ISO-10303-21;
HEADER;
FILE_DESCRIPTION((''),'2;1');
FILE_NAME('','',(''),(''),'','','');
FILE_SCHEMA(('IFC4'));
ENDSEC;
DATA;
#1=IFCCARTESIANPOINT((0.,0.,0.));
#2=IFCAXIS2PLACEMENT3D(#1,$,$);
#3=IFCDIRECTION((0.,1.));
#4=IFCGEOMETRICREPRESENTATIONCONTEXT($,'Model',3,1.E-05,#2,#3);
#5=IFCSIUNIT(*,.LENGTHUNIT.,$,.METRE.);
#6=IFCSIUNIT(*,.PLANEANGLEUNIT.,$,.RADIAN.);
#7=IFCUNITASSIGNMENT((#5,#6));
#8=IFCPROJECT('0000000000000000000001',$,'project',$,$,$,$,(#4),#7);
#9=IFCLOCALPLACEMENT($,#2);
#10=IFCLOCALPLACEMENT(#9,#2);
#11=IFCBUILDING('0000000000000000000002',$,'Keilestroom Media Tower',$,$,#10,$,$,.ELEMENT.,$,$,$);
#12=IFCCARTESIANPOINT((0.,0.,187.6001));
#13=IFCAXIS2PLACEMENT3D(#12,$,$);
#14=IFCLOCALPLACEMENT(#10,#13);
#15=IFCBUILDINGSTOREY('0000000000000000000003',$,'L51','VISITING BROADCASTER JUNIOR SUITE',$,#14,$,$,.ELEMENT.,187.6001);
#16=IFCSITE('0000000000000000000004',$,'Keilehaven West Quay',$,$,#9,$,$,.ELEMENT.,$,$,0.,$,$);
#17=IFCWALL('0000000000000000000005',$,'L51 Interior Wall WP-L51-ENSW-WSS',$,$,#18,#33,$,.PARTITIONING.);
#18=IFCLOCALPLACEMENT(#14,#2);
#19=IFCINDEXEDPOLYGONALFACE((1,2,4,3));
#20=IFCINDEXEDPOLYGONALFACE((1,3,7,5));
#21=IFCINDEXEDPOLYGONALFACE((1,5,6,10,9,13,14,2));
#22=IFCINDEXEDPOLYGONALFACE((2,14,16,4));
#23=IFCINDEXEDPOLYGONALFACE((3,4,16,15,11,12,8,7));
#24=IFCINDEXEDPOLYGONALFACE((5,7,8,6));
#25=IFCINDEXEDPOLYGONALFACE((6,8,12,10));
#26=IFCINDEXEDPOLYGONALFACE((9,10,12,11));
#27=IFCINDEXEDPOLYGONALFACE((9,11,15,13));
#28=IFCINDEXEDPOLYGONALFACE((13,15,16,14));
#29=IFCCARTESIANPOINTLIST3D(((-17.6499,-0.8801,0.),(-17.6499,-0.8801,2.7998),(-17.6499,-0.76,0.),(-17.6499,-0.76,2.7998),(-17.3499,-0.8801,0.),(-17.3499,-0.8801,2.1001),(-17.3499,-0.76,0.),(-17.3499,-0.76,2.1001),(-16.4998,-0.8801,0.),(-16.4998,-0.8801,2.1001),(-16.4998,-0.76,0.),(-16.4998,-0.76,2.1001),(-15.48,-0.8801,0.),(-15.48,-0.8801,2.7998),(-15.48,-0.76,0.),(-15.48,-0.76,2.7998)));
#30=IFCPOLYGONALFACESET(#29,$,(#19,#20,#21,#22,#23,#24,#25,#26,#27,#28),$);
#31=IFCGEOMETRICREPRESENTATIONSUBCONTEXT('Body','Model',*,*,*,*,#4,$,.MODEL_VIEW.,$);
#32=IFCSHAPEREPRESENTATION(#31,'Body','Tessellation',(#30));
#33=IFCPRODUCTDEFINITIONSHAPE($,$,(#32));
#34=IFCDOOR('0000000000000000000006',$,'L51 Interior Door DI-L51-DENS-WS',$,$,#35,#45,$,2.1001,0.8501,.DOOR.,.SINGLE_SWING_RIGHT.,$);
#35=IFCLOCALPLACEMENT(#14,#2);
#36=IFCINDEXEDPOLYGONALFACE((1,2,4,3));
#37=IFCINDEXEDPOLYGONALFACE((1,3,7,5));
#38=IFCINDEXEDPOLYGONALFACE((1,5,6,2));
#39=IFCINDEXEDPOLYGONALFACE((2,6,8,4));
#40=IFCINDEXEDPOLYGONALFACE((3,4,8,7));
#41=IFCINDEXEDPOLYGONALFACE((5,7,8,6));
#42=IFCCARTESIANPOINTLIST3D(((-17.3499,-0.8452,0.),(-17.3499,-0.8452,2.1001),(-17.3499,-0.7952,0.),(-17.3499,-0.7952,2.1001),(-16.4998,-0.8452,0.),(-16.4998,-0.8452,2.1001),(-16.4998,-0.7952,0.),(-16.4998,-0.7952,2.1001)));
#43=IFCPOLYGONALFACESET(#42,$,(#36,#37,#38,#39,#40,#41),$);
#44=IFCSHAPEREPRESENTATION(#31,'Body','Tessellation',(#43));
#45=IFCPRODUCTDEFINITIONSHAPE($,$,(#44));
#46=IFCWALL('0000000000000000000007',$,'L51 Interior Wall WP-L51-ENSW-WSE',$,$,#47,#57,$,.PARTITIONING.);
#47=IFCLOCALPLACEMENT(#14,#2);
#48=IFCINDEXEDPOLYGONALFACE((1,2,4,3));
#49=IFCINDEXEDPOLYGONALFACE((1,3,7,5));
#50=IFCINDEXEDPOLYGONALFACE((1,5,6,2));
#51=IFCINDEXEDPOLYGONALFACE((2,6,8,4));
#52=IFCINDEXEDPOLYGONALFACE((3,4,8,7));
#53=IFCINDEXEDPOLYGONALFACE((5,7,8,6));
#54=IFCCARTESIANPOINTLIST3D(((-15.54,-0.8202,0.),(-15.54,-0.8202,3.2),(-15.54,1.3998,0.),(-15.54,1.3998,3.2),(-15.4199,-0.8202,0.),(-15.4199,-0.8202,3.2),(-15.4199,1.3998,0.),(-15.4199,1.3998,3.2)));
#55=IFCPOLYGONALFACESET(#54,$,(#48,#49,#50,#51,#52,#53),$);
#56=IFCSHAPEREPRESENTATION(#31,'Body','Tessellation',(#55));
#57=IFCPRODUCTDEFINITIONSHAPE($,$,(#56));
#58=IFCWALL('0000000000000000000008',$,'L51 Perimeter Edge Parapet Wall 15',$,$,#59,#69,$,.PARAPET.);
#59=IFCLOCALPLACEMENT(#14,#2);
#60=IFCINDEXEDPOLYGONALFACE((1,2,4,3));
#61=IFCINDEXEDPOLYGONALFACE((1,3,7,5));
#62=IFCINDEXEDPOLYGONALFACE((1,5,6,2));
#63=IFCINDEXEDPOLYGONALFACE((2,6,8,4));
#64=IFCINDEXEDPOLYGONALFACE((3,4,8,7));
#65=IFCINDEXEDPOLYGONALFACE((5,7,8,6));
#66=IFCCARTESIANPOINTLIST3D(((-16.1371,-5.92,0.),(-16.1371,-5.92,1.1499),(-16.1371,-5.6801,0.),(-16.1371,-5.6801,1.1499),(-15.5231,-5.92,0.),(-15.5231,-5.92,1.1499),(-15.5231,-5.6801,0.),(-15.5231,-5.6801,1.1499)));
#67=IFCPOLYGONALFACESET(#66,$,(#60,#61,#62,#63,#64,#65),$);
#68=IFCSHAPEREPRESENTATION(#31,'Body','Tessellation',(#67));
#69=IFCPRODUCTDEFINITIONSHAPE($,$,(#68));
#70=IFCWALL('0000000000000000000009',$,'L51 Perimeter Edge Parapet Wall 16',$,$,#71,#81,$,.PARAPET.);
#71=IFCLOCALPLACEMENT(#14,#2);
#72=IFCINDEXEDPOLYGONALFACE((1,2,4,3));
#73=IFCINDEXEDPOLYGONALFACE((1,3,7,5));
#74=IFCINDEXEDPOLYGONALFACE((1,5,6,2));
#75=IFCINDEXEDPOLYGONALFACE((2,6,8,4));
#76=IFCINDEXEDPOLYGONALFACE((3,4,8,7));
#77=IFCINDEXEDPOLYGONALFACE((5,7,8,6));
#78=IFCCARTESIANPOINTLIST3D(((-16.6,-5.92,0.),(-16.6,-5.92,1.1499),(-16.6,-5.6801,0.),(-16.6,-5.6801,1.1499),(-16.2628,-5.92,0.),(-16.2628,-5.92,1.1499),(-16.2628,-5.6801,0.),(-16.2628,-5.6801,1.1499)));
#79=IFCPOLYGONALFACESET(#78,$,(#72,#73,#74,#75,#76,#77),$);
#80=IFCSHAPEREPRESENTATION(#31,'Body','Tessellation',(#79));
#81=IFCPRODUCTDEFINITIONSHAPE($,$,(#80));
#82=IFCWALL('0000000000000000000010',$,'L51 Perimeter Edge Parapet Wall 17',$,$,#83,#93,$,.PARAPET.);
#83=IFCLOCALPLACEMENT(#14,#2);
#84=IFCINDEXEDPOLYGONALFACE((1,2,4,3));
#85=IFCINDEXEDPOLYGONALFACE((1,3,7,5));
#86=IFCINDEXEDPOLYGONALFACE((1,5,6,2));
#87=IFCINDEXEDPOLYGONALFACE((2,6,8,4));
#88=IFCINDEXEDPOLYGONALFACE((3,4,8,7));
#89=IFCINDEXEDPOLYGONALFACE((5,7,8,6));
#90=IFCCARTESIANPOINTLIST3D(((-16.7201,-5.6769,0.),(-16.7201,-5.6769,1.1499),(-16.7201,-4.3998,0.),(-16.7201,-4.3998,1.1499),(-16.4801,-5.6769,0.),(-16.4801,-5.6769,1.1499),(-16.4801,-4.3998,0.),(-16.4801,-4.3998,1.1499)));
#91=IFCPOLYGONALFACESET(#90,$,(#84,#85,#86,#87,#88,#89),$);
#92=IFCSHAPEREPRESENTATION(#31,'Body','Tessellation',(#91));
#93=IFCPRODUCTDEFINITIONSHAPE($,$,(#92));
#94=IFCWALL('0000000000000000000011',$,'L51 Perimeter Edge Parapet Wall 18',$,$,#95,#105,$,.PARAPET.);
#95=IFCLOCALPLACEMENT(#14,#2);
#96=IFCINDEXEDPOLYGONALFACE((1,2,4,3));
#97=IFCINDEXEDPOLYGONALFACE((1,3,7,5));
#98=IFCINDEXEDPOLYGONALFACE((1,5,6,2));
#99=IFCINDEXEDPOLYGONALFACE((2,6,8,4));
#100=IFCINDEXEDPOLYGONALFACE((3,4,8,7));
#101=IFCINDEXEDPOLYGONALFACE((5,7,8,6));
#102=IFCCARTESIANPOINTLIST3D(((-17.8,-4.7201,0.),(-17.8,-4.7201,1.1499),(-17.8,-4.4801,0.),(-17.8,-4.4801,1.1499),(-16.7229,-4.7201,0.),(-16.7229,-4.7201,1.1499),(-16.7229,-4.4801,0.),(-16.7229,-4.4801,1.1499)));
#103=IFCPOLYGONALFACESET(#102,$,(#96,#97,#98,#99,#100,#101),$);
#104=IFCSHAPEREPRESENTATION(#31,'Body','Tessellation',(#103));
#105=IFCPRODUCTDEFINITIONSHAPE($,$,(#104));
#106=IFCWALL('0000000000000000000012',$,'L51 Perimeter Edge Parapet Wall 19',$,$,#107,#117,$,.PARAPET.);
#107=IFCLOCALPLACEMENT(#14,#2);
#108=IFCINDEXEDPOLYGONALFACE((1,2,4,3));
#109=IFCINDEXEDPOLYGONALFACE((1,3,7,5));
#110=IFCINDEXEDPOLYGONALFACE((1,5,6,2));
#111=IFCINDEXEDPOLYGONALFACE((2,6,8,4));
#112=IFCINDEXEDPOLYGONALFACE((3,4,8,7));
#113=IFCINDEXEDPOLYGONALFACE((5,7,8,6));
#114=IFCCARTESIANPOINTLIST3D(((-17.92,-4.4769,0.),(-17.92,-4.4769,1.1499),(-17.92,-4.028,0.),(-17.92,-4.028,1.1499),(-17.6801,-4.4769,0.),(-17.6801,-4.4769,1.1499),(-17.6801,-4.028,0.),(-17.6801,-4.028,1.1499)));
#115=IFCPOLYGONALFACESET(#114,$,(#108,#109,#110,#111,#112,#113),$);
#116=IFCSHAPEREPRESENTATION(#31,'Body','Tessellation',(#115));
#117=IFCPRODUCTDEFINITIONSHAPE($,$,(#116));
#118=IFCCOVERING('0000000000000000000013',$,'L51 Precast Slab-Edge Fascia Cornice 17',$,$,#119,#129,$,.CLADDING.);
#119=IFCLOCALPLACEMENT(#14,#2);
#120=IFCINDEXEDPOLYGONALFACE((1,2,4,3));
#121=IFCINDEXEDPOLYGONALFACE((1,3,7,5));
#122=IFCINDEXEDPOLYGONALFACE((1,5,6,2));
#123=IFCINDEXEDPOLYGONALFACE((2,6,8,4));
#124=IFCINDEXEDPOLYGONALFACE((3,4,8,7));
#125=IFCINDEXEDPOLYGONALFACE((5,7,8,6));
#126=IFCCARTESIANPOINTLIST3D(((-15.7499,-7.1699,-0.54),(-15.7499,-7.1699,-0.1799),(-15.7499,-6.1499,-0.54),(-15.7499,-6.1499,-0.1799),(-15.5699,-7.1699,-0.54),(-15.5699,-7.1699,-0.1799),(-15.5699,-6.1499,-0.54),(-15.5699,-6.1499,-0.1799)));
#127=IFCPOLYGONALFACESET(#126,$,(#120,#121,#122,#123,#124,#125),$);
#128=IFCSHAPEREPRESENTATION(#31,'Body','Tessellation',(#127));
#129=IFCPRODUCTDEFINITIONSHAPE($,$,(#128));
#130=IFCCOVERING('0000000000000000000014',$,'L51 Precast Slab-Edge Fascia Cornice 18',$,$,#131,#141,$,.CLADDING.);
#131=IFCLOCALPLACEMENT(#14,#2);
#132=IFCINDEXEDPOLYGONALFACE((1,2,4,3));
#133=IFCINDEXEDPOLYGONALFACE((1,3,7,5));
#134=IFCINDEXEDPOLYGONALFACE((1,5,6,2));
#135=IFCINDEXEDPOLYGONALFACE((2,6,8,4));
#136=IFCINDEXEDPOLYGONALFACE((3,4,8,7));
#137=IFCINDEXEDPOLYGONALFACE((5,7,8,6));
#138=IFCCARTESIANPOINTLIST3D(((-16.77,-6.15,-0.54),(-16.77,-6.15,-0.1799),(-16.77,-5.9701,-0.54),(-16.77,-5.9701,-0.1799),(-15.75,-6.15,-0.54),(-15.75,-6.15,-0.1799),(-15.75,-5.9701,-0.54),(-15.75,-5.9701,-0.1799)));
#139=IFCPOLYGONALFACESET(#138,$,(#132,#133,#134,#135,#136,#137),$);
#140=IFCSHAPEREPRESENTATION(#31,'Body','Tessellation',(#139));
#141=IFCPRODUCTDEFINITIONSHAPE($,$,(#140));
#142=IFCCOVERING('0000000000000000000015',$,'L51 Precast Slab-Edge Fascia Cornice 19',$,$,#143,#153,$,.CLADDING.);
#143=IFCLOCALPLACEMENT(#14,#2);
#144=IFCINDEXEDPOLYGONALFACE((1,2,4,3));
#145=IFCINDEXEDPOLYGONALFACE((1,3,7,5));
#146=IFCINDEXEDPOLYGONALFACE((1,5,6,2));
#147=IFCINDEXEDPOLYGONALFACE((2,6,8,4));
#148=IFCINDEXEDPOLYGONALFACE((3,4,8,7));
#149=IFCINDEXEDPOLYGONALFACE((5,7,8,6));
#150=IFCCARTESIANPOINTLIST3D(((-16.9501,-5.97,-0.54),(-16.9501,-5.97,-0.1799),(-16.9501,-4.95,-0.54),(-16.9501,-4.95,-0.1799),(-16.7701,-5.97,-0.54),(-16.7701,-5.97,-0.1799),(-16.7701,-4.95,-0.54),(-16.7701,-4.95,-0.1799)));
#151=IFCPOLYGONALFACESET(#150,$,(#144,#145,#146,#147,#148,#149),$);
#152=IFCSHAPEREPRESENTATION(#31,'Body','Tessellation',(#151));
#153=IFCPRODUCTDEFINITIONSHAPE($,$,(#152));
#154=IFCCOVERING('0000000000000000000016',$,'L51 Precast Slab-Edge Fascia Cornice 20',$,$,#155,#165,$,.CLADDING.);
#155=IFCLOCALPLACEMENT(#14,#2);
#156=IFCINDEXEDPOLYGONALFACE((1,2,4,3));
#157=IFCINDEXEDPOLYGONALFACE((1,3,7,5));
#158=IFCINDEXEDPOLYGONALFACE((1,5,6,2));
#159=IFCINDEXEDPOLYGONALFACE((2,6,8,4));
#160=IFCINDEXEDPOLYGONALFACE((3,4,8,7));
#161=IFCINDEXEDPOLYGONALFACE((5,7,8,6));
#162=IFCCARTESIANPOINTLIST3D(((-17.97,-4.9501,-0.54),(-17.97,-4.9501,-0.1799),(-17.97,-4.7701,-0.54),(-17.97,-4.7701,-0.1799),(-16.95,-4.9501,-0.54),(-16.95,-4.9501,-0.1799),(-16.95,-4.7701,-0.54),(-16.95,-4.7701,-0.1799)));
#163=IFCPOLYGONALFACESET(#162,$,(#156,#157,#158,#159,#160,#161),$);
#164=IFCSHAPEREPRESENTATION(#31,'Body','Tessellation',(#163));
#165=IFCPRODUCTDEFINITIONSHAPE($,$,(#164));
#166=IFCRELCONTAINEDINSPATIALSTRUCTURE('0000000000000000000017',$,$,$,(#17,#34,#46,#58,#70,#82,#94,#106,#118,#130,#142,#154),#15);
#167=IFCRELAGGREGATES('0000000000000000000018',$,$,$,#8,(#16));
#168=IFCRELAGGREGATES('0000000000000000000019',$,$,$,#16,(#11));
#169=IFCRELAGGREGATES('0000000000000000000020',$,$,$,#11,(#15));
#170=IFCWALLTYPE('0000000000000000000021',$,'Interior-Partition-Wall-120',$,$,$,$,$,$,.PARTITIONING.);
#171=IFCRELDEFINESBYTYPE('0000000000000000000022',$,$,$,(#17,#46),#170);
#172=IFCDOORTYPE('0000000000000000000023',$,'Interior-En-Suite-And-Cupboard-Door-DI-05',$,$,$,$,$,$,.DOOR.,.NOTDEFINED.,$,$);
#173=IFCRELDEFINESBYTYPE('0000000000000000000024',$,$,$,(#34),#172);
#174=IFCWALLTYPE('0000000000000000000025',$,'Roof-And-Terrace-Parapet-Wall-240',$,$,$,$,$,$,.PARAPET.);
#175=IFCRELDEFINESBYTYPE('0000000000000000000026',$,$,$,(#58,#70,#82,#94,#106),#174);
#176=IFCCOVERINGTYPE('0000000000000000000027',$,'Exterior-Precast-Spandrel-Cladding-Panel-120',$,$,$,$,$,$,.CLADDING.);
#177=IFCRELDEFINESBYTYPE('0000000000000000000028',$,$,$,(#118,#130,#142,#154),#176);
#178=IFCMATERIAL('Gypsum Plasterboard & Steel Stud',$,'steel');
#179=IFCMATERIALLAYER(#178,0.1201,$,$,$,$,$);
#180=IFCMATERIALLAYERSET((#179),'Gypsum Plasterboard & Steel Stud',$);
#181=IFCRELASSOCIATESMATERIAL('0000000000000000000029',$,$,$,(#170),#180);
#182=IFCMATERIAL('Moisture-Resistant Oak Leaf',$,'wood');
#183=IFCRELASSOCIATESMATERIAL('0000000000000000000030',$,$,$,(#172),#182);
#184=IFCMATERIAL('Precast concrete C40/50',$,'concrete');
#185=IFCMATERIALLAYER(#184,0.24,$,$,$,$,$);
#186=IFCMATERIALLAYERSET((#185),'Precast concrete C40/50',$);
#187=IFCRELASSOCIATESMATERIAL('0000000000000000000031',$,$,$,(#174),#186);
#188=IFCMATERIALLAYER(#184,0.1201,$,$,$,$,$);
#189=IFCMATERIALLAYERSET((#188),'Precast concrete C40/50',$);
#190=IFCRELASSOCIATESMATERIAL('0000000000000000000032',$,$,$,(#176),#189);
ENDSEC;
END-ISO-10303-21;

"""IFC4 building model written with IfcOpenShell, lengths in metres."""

from ifc_helpers import new_model, si_unit, direction, frame, frame_2d, origin, origin_2d, place, context, subcontext, project, spatial, rectangle, extrude, source, transform, mapped, material, layer, layer_set, type_object, element, fill, save


model = new_model("IFC4")

# Units and contexts
model_context = context("Model", 3, precision=1e-05, world=origin(), true_north=direction((0.0, 1.0)))
body_context = subcontext(model_context, "Body", "Model", "MODEL_VIEW")
ifc_project = project(units=[si_unit("LENGTHUNIT", "METRE"), si_unit("PLANEANGLEUNIT", "RADIAN")], contexts=[model_context])

# Site, building, storey
site_placement = place(None, origin())
site = spatial("IfcSite", under=ifc_project, at=site_placement, Name="Keilehaven West Quay", CompositionType="ELEMENT", RefElevation=0.0)
building_placement = place(site_placement, origin())
building = spatial("IfcBuilding", under=site, at=building_placement, Name="Keilestroom Media Tower", CompositionType="ELEMENT")
storey_placement = place(building_placement, frame((0.0, 0.0, 187.6001)))
storey = spatial("IfcBuildingStorey", under=building, at=storey_placement, Name="L51", Description="VISITING BROADCASTER JUNIOR SUITE", CompositionType="ELEMENT", Elevation=187.6001)

# Shared definitions
ifc_material_1 = material(Name="Precast concrete C40/50", Category="concrete")

# Wall, opening, door
ifc_material_2 = material(Name="Gypsum Plasterboard & Steel Stud", Category="steel")
ifc_layer_1 = layer(ifc_material_2, 0.1201)
ifc_layer_set_1 = layer_set([ifc_layer_1], Name="Gypsum Plasterboard & Steel Stud")
wall_type_1 = type_object("IfcWallType", Name="Interior-Partition-Wall-120", PredefinedType="PARTITIONING", material=ifc_layer_set_1)
wall_1_placement = place(storey_placement, frame((-17.6499, -0.8201, 0.0), z_axis=(0.0, 0.0, 1.0), x_axis=(1.0, 0.0, 0.0)))
wall_1 = element("IfcWall", 1, at=wall_1_placement, inside=storey, type_object=wall_type_1, Name="L51 Interior Wall WP-L51-ENSW-WSS", PredefinedType="PARTITIONING", context=body_context, shape_type="SweptSolid", body=[
    extrude(rectangle(XDim=2.1699, YDim=0.1201, at=frame_2d((1.085, 0.0))), origin(), (0.0, 0.0, 1.0), 2.7998),
])
opening_placement = place(wall_1_placement, frame((0.3, 0.0, 0.0)))
opening = element("IfcOpeningElement", 2, at=opening_placement, cuts=wall_1, PredefinedType="OPENING", context=body_context, shape_type="SweptSolid", body=[
    extrude(rectangle(XDim=0.8501, YDim=2.1001, at=frame_2d((0.425, 1.05))), frame((0.0, 0.0701, 0.0), z_axis=(0.0, -1.0, 0.0), x_axis=(1.0, 0.0, 0.0)), (0.0, 0.0, 1.0), 0.1401),
])
ifc_material_3 = material(Name="Moisture-Resistant Oak Leaf", Category="wood")
door_type = type_object("IfcDoorType", Name="Interior-En-Suite-And-Cupboard-Door-DI-05", OperationType="NOTDEFINED", PredefinedType="DOOR", material=ifc_material_3)
shared_shape_1 = source(origin(), body_context, "Body", "SweptSolid", [
    extrude(rectangle(XDim=0.8501, YDim=2.1001, at=frame_2d((0.425, 1.05))), frame((0.0, 0.0249, 0.0), z_axis=(0.0, -1.0, 0.0), x_axis=(1.0, 0.0, 0.0)), (0.0, 0.0, 1.0), 0.05),
])
door_placement = place(opening_placement, origin())
door = element("IfcDoor", 3, at=door_placement, inside=storey, type_object=door_type, Name="L51 Interior Door DI-L51-DENS-WS", OperationType="SINGLE_SWING_RIGHT", OverallHeight=2.1001, OverallWidth=0.8501, PredefinedType="DOOR", context=body_context, shape_type="MappedRepresentation", body=[
    mapped(shared_shape_1, transform((0.0, 0.0, 0.0), x_axis=(1.0, 0.0, 0.0), y_axis=(0.0, 1.0, 0.0), z_axis=(0.0, 0.0, 1.0), scale=1.0)),
])
fill(opening, door)

# Walls
wall_2_placement = place(storey_placement, frame((-15.48, -0.8201, 0.0), z_axis=(0.0, 0.0, 1.0), x_axis=(0.0, 1.0, 0.0)))
element("IfcWall", 4, at=wall_2_placement, inside=storey, type_object=wall_type_1, Name="L51 Interior Wall WP-L51-ENSW-WSE", PredefinedType="PARTITIONING", context=body_context, shape_type="SweptSolid", body=[
    extrude(rectangle(XDim=2.22, YDim=0.1201, at=frame_2d((1.1099, 0.0))), origin(), (0.0, 0.0, 1.0), 3.2),
])
ifc_layer_2 = layer(ifc_material_1, 0.24)
ifc_layer_set_2 = layer_set([ifc_layer_2], Name="Precast concrete C40/50")
wall_type_2 = type_object("IfcWallType", Name="Roof-And-Terrace-Parapet-Wall-240", PredefinedType="PARAPET", material=ifc_layer_set_2)
wall_3_placement = place(storey_placement, frame((-15.5229, -5.8, 0.0), z_axis=(0.0, 0.0, 1.0), x_axis=(-1.0, 0.0, 0.0)))
element("IfcWall", 5, at=wall_3_placement, inside=storey, type_object=wall_type_2, Name="L51 Perimeter Edge Parapet Wall 15", PredefinedType="PARAPET", context=body_context, shape_type="SweptSolid", body=[
    extrude(rectangle(XDim=0.614, YDim=0.24, at=frame_2d((0.3071, 0.0))), origin(), (0.0, 0.0, 1.0), 1.1499),
])
wall_4_placement = place(storey_placement, frame((-16.2629, -5.8, 0.0), z_axis=(0.0, 0.0, 1.0), x_axis=(-1.0, 0.0, 0.0)))
element("IfcWall", 6, at=wall_4_placement, inside=storey, type_object=wall_type_2, Name="L51 Perimeter Edge Parapet Wall 16", PredefinedType="PARAPET", context=body_context, shape_type="SweptSolid", body=[
    extrude(rectangle(XDim=0.3372, YDim=0.24, at=frame_2d((0.1685, 0.0))), origin(), (0.0, 0.0, 1.0), 1.1499),
])
wall_5_placement = place(storey_placement, frame((-16.6001, -5.677, 0.0), z_axis=(0.0, 0.0, 1.0), x_axis=(0.0, 1.0, 0.0)))
element("IfcWall", 7, at=wall_5_placement, inside=storey, type_object=wall_type_2, Name="L51 Perimeter Edge Parapet Wall 17", PredefinedType="PARAPET", context=body_context, shape_type="SweptSolid", body=[
    extrude(rectangle(XDim=1.2771, YDim=0.24, at=frame_2d((0.6387, 0.0))), origin(), (0.0, 0.0, 1.0), 1.1499),
])
wall_6_placement = place(storey_placement, frame((-16.7229, -4.6001, 0.0), z_axis=(0.0, 0.0, 1.0), x_axis=(-1.0, 0.0, 0.0)))
element("IfcWall", 8, at=wall_6_placement, inside=storey, type_object=wall_type_2, Name="L51 Perimeter Edge Parapet Wall 18", PredefinedType="PARAPET", context=body_context, shape_type="SweptSolid", body=[
    extrude(rectangle(XDim=1.0771, YDim=0.24, at=frame_2d((0.5386, 0.0))), origin(), (0.0, 0.0, 1.0), 1.1499),
])
wall_7_placement = place(storey_placement, frame((-17.8, -4.4771, 0.0), z_axis=(0.0, 0.0, 1.0), x_axis=(0.0, 1.0, 0.0)))
element("IfcWall", 9, at=wall_7_placement, inside=storey, type_object=wall_type_2, Name="L51 Perimeter Edge Parapet Wall 19", PredefinedType="PARAPET", context=body_context, shape_type="SweptSolid", body=[
    extrude(rectangle(XDim=0.449, YDim=0.24, at=frame_2d((0.2246, 0.0))), origin(), (0.0, 0.0, 1.0), 1.1499),
])

# Coverings
ifc_layer_3 = layer(ifc_material_1, 0.1201)
ifc_layer_set_3 = layer_set([ifc_layer_3], Name="Precast concrete C40/50")
covering_type = type_object("IfcCoveringType", Name="Exterior-Precast-Spandrel-Cladding-Panel-120", PredefinedType="CLADDING", material=ifc_layer_set_3)
shared_shape_2 = source(origin(), body_context, "Body", "SweptSolid", [
    extrude(rectangle(XDim=1.02, YDim=0.1799, at=origin_2d()), origin(), (0.0, 0.0, 1.0), 0.3601),
])
for number, where, z_axis, x_axis, name in (
    (10, (-15.6599, -6.6599, -0.54), (0.0, 0.0, 1.0), (0.0, 1.0, 0.0), "L51 Precast Slab-Edge Fascia Cornice 17"),
    (11, (-16.26, -6.0601, -0.54), (0.0, 0.0, 1.0), (-1.0, 0.0, 0.0), "L51 Precast Slab-Edge Fascia Cornice 18"),
    (12, (-16.8601, -5.46, -0.54), (0.0, 0.0, 1.0), (0.0, 1.0, 0.0), "L51 Precast Slab-Edge Fascia Cornice 19"),
    (13, (-17.46, -4.8601, -0.54), (0.0, 0.0, 1.0), (-1.0, 0.0, 0.0), "L51 Precast Slab-Edge Fascia Cornice 20"),
):
    element("IfcCovering", number, at=place(storey_placement, frame(where, z_axis=z_axis, x_axis=x_axis)), inside=storey, type_object=covering_type, Name=name, PredefinedType="CLADDING", context=body_context, shape_type="MappedRepresentation", body=[
        mapped(shared_shape_2, transform((0.0, 0.0, 0.0), x_axis=(1.0, 0.0, 0.0), y_axis=(0.0, 1.0, 0.0), z_axis=(0.0, 0.0, 1.0), scale=1.0)),
    ])

save(model, "model.ifc")
